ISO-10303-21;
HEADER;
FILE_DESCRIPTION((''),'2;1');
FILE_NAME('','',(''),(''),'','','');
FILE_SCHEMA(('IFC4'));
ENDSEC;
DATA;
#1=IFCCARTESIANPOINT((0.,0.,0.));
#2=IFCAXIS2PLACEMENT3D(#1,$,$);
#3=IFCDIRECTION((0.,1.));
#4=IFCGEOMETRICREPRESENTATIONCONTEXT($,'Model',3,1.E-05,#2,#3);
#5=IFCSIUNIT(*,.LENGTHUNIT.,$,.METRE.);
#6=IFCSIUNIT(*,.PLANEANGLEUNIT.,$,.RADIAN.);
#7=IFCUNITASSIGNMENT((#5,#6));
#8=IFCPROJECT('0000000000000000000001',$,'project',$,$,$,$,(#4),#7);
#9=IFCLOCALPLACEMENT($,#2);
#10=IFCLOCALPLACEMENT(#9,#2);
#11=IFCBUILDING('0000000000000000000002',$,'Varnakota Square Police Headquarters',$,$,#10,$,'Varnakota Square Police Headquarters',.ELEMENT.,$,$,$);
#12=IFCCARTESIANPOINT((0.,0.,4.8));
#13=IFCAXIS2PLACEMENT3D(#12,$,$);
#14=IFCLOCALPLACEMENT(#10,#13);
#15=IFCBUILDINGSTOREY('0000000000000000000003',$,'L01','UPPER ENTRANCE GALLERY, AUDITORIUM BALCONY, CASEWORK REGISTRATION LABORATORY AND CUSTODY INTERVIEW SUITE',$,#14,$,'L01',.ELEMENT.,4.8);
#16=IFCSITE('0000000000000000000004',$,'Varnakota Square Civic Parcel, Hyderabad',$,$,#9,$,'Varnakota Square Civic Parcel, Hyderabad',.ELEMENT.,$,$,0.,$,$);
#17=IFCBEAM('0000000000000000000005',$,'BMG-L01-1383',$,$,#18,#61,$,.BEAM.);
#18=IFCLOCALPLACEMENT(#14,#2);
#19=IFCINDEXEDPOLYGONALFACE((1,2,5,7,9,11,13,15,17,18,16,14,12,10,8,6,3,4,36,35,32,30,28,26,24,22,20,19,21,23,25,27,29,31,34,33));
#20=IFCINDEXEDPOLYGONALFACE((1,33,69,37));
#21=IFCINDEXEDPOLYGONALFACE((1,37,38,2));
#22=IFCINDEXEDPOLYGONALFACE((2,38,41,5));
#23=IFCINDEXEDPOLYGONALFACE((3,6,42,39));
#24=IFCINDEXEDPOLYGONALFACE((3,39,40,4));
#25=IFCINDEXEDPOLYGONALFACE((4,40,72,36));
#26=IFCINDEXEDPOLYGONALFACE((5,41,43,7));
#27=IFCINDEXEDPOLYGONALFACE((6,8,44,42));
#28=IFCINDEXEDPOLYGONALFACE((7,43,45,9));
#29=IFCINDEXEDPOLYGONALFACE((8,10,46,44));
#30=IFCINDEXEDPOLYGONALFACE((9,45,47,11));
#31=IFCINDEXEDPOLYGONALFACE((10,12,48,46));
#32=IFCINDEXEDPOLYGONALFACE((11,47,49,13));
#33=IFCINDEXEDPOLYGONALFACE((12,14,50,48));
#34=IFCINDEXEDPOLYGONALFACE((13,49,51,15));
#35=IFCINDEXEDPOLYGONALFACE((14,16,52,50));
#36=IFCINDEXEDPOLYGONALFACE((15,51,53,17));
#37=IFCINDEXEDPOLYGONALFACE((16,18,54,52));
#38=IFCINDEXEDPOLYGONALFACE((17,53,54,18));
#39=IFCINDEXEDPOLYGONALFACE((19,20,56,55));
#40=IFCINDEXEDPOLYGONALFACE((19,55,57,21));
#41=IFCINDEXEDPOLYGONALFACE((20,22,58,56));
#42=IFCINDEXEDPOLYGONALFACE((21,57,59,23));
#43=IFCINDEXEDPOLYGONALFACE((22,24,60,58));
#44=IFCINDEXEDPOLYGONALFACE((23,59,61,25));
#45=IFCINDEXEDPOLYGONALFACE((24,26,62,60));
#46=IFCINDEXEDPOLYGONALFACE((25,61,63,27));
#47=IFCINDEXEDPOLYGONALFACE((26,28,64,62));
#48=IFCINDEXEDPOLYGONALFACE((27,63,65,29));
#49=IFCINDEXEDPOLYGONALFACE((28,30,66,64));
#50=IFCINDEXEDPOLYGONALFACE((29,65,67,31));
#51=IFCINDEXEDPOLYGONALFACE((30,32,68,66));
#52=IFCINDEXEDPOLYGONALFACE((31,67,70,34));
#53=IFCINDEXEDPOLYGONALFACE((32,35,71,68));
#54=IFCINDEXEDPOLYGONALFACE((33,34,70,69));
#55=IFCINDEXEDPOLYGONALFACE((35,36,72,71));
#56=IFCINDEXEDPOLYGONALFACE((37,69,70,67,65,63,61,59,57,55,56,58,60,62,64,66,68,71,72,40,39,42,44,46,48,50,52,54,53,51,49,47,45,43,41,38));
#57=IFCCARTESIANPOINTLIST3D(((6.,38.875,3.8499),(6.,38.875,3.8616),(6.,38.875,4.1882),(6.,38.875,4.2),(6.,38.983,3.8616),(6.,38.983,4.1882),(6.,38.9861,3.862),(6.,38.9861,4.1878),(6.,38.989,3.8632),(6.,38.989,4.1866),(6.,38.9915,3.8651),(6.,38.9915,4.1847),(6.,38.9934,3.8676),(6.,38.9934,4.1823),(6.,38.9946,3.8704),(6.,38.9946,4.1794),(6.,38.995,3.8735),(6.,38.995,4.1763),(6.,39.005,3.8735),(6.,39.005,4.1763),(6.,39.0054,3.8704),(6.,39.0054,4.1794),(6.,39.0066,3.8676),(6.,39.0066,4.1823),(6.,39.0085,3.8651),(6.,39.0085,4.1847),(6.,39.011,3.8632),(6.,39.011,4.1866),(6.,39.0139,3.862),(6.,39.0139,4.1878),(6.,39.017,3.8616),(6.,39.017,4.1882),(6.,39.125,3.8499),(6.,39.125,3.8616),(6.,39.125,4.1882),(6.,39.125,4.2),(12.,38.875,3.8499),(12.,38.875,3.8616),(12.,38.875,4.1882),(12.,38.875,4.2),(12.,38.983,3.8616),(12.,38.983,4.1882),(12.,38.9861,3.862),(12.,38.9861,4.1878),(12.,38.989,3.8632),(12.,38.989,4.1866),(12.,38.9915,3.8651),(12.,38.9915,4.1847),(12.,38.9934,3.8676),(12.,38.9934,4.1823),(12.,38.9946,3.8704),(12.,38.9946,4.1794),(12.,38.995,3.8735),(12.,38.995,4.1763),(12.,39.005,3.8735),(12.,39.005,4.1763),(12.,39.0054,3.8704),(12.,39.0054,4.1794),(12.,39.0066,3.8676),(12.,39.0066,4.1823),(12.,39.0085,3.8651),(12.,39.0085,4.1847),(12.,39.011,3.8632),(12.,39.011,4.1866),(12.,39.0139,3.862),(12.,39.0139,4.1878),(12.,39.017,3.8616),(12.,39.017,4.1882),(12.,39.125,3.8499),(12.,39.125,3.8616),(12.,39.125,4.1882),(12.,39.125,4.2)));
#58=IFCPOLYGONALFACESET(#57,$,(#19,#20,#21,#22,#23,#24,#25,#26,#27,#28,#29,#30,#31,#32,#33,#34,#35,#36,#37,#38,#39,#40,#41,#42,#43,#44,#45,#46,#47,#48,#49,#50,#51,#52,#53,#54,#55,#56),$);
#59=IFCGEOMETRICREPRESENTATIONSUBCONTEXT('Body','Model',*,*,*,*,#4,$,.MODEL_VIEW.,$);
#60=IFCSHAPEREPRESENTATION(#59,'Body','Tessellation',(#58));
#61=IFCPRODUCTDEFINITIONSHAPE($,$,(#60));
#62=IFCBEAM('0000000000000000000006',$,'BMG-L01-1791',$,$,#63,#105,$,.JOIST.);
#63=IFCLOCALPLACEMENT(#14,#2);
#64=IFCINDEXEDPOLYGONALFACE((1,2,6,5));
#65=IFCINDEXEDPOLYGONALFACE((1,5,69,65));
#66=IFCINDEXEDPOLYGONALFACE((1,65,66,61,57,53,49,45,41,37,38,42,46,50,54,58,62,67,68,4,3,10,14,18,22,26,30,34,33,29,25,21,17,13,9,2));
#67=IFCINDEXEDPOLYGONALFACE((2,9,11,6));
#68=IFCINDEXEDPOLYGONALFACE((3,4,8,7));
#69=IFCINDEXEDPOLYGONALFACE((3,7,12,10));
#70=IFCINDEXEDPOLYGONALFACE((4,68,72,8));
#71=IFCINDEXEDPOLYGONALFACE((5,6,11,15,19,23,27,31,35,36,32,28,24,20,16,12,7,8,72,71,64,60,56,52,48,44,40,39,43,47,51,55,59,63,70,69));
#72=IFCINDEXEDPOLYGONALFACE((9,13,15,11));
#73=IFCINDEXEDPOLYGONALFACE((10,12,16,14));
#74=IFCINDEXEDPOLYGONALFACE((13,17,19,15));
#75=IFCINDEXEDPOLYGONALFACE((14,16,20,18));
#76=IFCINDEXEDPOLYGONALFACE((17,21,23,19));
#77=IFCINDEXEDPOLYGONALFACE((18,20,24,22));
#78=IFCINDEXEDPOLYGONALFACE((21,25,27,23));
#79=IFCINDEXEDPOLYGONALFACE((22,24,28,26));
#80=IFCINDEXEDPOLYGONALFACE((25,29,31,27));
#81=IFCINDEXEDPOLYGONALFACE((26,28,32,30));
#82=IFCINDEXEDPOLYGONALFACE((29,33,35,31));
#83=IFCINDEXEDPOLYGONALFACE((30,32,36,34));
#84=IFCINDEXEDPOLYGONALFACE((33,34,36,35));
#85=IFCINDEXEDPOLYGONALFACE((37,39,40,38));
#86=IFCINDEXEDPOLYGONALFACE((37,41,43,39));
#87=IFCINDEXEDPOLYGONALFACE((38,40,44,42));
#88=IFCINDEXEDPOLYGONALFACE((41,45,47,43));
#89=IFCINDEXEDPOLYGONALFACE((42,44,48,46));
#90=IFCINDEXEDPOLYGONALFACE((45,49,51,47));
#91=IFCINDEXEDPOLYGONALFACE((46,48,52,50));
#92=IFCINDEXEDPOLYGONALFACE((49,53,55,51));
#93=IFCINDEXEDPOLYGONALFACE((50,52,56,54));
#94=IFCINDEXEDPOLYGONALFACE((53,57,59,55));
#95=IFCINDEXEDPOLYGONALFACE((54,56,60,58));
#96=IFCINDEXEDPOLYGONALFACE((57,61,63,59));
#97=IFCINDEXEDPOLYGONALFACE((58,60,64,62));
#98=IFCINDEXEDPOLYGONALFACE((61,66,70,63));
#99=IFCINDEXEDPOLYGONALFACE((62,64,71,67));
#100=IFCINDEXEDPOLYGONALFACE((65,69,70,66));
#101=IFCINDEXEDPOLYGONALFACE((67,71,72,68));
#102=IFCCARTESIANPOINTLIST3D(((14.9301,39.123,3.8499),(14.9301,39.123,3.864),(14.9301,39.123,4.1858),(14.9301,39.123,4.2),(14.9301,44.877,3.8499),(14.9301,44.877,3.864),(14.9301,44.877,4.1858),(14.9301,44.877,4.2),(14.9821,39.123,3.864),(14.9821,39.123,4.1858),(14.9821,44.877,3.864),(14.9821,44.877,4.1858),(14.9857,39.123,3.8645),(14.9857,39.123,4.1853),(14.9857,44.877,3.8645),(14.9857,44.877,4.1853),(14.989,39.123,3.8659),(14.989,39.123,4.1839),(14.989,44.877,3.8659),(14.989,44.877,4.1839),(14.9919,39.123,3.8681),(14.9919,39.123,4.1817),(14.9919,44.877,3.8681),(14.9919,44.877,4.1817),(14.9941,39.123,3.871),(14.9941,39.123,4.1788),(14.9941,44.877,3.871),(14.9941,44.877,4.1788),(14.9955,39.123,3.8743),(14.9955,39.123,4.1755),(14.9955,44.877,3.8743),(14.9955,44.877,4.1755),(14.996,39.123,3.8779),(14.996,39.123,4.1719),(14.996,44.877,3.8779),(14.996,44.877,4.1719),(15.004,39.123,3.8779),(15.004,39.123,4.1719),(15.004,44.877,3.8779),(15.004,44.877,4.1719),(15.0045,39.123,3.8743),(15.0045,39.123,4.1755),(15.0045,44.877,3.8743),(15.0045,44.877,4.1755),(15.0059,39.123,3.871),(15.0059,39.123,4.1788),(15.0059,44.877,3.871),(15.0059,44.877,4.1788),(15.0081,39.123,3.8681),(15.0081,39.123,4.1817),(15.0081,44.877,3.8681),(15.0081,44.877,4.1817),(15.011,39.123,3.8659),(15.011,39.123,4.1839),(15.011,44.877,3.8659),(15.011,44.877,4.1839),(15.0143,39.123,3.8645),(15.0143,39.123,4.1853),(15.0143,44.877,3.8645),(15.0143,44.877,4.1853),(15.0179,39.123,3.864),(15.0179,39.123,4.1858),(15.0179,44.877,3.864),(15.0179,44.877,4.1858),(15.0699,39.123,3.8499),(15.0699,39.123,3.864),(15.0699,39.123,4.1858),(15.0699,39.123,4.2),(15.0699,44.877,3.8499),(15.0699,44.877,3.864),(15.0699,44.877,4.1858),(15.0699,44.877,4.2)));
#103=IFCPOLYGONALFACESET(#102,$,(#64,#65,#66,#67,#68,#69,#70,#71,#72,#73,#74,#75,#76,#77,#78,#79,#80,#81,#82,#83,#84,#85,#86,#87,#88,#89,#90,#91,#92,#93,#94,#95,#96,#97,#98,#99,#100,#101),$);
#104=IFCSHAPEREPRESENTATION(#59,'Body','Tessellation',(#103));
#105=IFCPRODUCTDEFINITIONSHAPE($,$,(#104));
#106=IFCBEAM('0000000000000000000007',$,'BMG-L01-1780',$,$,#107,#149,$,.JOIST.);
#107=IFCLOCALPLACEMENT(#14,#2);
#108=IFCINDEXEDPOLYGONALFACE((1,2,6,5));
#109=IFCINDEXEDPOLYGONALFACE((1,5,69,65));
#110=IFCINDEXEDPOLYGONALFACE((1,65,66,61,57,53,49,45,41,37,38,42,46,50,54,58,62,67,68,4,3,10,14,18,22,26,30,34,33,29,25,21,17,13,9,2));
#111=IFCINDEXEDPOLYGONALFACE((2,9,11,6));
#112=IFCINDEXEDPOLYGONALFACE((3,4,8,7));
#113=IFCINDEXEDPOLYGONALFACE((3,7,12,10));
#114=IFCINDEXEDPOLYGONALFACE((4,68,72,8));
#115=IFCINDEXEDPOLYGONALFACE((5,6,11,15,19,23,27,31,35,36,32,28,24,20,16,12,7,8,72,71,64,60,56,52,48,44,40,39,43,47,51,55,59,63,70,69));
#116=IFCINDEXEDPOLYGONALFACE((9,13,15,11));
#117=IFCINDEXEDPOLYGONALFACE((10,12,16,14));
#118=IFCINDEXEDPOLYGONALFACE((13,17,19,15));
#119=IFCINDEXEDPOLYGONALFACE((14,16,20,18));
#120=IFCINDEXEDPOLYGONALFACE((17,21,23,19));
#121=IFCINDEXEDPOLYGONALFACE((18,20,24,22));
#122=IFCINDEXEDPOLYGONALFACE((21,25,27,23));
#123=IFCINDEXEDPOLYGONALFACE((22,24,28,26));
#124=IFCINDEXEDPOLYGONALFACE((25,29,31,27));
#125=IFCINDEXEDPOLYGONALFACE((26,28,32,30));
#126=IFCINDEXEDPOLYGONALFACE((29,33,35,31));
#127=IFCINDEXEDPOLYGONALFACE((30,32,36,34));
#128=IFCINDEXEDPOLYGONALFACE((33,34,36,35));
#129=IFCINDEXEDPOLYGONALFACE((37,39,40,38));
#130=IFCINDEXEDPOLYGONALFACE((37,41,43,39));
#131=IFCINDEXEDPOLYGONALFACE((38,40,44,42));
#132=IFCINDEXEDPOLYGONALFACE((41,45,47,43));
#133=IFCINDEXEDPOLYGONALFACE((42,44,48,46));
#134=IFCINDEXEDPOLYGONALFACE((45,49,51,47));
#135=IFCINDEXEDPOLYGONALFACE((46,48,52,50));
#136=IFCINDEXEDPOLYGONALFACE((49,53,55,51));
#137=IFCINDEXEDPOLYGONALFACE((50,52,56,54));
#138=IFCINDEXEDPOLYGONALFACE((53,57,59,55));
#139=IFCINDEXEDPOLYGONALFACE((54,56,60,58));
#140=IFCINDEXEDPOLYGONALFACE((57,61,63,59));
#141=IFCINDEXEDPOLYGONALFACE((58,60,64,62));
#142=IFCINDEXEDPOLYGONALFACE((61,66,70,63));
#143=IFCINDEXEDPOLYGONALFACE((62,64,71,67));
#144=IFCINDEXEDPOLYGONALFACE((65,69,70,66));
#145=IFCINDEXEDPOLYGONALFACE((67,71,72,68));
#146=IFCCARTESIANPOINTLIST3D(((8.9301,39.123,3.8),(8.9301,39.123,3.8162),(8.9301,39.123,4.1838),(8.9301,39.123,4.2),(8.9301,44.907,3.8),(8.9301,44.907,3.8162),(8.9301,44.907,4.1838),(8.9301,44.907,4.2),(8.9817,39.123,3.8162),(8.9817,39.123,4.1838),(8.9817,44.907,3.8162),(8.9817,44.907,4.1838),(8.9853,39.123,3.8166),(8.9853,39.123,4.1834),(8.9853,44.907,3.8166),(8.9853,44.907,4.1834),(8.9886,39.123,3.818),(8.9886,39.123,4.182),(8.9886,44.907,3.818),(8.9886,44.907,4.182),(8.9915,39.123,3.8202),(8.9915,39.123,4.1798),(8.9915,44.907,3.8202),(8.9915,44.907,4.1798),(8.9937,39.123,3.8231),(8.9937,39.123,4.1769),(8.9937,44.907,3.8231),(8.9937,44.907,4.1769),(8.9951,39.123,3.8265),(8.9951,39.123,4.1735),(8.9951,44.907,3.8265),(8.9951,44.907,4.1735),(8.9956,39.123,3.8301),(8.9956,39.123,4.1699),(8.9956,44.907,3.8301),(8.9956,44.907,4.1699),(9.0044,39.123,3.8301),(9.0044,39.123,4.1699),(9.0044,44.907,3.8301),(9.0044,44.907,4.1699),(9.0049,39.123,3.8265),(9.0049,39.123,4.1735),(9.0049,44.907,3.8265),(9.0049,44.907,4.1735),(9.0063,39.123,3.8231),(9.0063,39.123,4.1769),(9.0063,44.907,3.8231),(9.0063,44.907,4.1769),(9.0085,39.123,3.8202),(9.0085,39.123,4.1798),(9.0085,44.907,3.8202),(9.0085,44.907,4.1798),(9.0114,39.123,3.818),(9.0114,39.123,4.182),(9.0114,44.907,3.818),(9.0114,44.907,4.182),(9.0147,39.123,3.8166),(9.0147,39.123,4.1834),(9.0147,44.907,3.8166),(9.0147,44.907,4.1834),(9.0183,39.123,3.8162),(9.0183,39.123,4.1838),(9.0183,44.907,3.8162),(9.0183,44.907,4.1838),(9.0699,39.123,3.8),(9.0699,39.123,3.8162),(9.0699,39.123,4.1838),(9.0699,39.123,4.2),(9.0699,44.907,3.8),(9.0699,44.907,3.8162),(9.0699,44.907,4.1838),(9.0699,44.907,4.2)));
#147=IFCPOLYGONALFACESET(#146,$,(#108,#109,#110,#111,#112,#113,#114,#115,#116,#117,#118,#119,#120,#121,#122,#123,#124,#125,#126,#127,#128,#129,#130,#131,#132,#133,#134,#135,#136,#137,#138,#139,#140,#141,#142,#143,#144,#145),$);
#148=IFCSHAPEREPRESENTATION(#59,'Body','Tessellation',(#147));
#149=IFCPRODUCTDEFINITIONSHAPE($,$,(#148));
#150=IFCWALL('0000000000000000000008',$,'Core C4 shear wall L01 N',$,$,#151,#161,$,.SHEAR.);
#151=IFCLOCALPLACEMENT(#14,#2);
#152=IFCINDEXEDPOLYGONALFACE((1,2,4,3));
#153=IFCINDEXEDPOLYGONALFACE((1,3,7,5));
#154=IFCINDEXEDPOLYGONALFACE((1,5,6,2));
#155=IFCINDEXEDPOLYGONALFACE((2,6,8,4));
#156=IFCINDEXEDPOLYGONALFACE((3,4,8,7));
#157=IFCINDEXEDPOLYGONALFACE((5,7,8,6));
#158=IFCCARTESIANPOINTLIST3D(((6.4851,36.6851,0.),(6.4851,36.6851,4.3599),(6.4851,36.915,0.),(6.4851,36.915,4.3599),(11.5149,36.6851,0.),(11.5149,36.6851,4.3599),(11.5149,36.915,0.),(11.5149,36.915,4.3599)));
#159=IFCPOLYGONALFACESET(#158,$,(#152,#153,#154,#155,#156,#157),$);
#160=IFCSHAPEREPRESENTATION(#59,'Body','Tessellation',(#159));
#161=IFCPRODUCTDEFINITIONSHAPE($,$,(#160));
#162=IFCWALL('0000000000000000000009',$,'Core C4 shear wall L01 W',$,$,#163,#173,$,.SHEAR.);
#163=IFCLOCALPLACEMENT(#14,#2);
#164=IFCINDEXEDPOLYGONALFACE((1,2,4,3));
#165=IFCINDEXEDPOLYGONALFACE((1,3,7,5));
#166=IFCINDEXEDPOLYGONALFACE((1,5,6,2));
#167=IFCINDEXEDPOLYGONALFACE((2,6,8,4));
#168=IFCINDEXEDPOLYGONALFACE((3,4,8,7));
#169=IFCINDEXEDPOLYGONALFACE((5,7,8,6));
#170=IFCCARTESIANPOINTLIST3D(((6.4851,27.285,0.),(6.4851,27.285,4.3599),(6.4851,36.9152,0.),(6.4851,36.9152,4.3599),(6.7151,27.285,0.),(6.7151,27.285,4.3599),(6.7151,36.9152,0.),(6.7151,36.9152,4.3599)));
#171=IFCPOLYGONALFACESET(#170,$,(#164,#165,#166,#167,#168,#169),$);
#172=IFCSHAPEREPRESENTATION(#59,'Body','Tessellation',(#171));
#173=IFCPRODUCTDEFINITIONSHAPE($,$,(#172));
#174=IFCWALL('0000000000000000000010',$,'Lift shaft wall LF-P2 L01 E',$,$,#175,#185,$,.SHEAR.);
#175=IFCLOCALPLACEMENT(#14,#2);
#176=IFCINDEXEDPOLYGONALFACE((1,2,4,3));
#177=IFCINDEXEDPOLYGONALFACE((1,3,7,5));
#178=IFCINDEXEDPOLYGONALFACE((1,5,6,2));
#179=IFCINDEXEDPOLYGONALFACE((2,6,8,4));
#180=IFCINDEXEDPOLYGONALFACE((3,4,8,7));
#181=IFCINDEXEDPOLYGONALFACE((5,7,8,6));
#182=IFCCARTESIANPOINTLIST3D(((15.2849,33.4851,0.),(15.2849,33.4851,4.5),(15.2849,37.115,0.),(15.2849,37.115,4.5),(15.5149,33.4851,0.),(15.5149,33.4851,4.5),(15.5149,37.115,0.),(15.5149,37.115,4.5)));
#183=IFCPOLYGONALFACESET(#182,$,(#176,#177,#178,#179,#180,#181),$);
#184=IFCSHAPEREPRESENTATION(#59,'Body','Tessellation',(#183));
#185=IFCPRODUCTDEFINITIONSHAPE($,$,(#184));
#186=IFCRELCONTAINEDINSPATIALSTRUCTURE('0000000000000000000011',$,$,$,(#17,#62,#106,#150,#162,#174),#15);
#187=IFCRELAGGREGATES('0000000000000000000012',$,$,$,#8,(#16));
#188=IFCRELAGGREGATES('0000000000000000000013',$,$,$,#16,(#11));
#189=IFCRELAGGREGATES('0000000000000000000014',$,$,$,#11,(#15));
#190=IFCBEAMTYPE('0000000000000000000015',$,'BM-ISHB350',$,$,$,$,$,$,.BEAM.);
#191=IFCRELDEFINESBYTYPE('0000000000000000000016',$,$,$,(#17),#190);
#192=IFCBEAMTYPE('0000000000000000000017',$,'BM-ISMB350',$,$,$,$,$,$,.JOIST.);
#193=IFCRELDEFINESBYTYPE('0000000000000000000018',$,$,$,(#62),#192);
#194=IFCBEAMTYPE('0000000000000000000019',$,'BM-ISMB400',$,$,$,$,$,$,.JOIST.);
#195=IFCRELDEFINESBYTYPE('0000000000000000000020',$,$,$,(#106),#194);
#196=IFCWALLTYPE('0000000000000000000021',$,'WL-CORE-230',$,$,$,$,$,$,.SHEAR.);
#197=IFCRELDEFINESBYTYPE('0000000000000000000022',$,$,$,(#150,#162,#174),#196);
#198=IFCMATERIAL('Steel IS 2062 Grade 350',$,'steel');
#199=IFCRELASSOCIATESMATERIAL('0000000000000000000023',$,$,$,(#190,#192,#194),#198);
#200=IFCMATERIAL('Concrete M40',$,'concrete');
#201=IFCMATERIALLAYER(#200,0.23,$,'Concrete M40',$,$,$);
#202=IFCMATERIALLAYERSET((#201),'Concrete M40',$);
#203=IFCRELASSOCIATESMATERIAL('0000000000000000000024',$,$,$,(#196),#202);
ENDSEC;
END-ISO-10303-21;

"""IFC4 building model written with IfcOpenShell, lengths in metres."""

from ifc_helpers import new_model, si_unit, direction, frame, frame_2d, origin, origin_2d, place, context, subcontext, project, spatial, rectangle, i_section, extrude, material, layer, layer_set, material_profile, profile_set, type_object, element, save


model = new_model("IFC4")

# Units and contexts
model_context = context("Model", 3, precision=1e-05, world=origin(), true_north=direction((0.0, 1.0)))
body_context = subcontext(model_context, "Body", "Model", "MODEL_VIEW")
ifc_project = project(units=[si_unit("LENGTHUNIT", "METRE"), si_unit("PLANEANGLEUNIT", "RADIAN")], contexts=[model_context])

# Site, building, storey
site_placement = place(None, origin())
site = spatial("IfcSite", under=ifc_project, at=site_placement, Name="Varnakota Square Civic Parcel, Hyderabad", LongName="Varnakota Square Civic Parcel, Hyderabad", CompositionType="ELEMENT", RefElevation=0.0)
building_placement = place(site_placement, origin())
building = spatial("IfcBuilding", under=site, at=building_placement, Name="Varnakota Square Police Headquarters", LongName="Varnakota Square Police Headquarters", CompositionType="ELEMENT")
storey_placement = place(building_placement, frame((0.0, 0.0, 4.8)))
storey = spatial("IfcBuildingStorey", under=building, at=storey_placement, Name="L01", Description="UPPER ENTRANCE GALLERY, AUDITORIUM BALCONY, CASEWORK REGISTRATION LABORATORY AND CUSTODY INTERVIEW SUITE", LongName="L01", CompositionType="ELEMENT", Elevation=4.8)

# Shared definitions
ifc_material_1 = material(Name="Steel IS 2062 Grade 350", Category="steel")

# Beams
ifc_material_profile_1 = material_profile(ifc_material_1, i_section(OverallWidth=0.25, OverallDepth=0.3501, WebThickness=0.01, FlangeThickness=0.0117, FilletRadius=0.012, at=origin_2d()), Name="ISHB 350")
ifc_profile_set_1 = profile_set([ifc_material_profile_1], Name="Steel IS 2062 Grade 350")
beam_type_1 = type_object("IfcBeamType", Name="BM-ISHB350", PredefinedType="BEAM", material=ifc_profile_set_1)
beam_1_placement = place(storey_placement, frame((6.0, 39.0, 4.0249), z_axis=(1.0, 0.0, 0.0), x_axis=(0.0, 1.0, 0.0)))
element("IfcBeam", 1, at=beam_1_placement, inside=storey, type_object=beam_type_1, Name="BMG-L01-1383", PredefinedType="BEAM", context=body_context, shape_type="SweptSolid", body=[
    extrude(i_section(OverallWidth=0.25, OverallDepth=0.3501, WebThickness=0.01, FlangeThickness=0.0117, FilletRadius=0.012, at=origin_2d()), origin(), (0.0, 0.0, 1.0), 6.0),
])
ifc_material_profile_2 = material_profile(ifc_material_1, i_section(OverallWidth=0.1399, OverallDepth=0.3501, WebThickness=0.0081, FlangeThickness=0.0142, FilletRadius=0.0139, at=origin_2d()), Name="ISMB 350")
ifc_profile_set_2 = profile_set([ifc_material_profile_2], Name="Steel IS 2062 Grade 350")
beam_type_2 = type_object("IfcBeamType", Name="BM-ISMB350", PredefinedType="JOIST", material=ifc_profile_set_2)
beam_2_placement = place(storey_placement, frame((15.0, 39.123, 4.0249), z_axis=(0.0, 1.0, 0.0), x_axis=(-1.0, 0.0, 0.0)))
element("IfcBeam", 2, at=beam_2_placement, inside=storey, type_object=beam_type_2, Name="BMG-L01-1791", PredefinedType="JOIST", context=body_context, shape_type="SweptSolid", body=[
    extrude(i_section(OverallWidth=0.1399, OverallDepth=0.3501, WebThickness=0.0081, FlangeThickness=0.0142, FilletRadius=0.0139, at=origin_2d()), origin(), (0.0, 0.0, 1.0), 5.7539),
])
ifc_material_profile_3 = material_profile(ifc_material_1, i_section(OverallWidth=0.1399, OverallDepth=0.3999, WebThickness=0.0088, FlangeThickness=0.0161, FilletRadius=0.0139, at=origin_2d()), Name="ISMB 400")
ifc_profile_set_3 = profile_set([ifc_material_profile_3], Name="Steel IS 2062 Grade 350")
beam_type_3 = type_object("IfcBeamType", Name="BM-ISMB400", PredefinedType="JOIST", material=ifc_profile_set_3)
beam_3_placement = place(storey_placement, frame((9.0, 39.123, 4.0), z_axis=(0.0, 1.0, 0.0), x_axis=(-1.0, 0.0, 0.0)))
element("IfcBeam", 3, at=beam_3_placement, inside=storey, type_object=beam_type_3, Name="BMG-L01-1780", PredefinedType="JOIST", context=body_context, shape_type="SweptSolid", body=[
    extrude(i_section(OverallWidth=0.1399, OverallDepth=0.3999, WebThickness=0.0088, FlangeThickness=0.0161, FilletRadius=0.0139, at=origin_2d()), origin(), (0.0, 0.0, 1.0), 5.7839),
])

# Walls
ifc_material_2 = material(Name="Concrete M40", Category="concrete")
ifc_layer_1 = layer(ifc_material_2, 0.23, Name="Concrete M40")
ifc_layer_set_1 = layer_set([ifc_layer_1], Name="Concrete M40")
wall_type_1 = type_object("IfcWallType", Name="WL-CORE-230", PredefinedType="SHEAR", material=ifc_layer_set_1)
wall_1_placement = place(storey_placement, frame((11.5149, 36.8, 0.0), z_axis=(0.0, 0.0, 1.0), x_axis=(-1.0, 0.0, 0.0)))
element("IfcWall", 4, at=wall_1_placement, inside=storey, type_object=wall_type_1, Name="Core C4 shear wall L01 N", PredefinedType="SHEAR", context=body_context, shape_type="SweptSolid", body=[
    extrude(rectangle(XDim=5.0298, YDim=0.23, at=frame_2d((2.5149, 0.0))), origin(), (0.0, 0.0, 1.0), 4.3599),
])
wall_2_placement = place(storey_placement, frame((6.6001, 36.915, 0.0), z_axis=(0.0, 0.0, 1.0), x_axis=(0.0, -1.0, 0.0)))
element("IfcWall", 5, at=wall_2_placement, inside=storey, type_object=wall_type_1, Name="Core C4 shear wall L01 W", PredefinedType="SHEAR", context=body_context, shape_type="SweptSolid", body=[
    extrude(rectangle(XDim=9.6301, YDim=0.23, at=frame_2d((4.8149, 0.0))), origin(), (0.0, 0.0, 1.0), 4.3599),
])

# Wall
wall_3_placement = place(storey_placement, frame((15.3999, 33.4851, 0.0), z_axis=(0.0, 0.0, 1.0), x_axis=(0.0, 1.0, 0.0)))
element("IfcWall", 6, at=wall_3_placement, inside=storey, type_object=wall_type_1, Name="Lift shaft wall LF-P2 L01 E", PredefinedType="SHEAR", context=body_context, shape_type="SweptSolid", body=[
    extrude(rectangle(XDim=3.6299, YDim=0.23, at=frame_2d((1.8149, 0.0))), origin(), (0.0, 0.0, 1.0), 4.5),
])

save(model, "model.ifc")
